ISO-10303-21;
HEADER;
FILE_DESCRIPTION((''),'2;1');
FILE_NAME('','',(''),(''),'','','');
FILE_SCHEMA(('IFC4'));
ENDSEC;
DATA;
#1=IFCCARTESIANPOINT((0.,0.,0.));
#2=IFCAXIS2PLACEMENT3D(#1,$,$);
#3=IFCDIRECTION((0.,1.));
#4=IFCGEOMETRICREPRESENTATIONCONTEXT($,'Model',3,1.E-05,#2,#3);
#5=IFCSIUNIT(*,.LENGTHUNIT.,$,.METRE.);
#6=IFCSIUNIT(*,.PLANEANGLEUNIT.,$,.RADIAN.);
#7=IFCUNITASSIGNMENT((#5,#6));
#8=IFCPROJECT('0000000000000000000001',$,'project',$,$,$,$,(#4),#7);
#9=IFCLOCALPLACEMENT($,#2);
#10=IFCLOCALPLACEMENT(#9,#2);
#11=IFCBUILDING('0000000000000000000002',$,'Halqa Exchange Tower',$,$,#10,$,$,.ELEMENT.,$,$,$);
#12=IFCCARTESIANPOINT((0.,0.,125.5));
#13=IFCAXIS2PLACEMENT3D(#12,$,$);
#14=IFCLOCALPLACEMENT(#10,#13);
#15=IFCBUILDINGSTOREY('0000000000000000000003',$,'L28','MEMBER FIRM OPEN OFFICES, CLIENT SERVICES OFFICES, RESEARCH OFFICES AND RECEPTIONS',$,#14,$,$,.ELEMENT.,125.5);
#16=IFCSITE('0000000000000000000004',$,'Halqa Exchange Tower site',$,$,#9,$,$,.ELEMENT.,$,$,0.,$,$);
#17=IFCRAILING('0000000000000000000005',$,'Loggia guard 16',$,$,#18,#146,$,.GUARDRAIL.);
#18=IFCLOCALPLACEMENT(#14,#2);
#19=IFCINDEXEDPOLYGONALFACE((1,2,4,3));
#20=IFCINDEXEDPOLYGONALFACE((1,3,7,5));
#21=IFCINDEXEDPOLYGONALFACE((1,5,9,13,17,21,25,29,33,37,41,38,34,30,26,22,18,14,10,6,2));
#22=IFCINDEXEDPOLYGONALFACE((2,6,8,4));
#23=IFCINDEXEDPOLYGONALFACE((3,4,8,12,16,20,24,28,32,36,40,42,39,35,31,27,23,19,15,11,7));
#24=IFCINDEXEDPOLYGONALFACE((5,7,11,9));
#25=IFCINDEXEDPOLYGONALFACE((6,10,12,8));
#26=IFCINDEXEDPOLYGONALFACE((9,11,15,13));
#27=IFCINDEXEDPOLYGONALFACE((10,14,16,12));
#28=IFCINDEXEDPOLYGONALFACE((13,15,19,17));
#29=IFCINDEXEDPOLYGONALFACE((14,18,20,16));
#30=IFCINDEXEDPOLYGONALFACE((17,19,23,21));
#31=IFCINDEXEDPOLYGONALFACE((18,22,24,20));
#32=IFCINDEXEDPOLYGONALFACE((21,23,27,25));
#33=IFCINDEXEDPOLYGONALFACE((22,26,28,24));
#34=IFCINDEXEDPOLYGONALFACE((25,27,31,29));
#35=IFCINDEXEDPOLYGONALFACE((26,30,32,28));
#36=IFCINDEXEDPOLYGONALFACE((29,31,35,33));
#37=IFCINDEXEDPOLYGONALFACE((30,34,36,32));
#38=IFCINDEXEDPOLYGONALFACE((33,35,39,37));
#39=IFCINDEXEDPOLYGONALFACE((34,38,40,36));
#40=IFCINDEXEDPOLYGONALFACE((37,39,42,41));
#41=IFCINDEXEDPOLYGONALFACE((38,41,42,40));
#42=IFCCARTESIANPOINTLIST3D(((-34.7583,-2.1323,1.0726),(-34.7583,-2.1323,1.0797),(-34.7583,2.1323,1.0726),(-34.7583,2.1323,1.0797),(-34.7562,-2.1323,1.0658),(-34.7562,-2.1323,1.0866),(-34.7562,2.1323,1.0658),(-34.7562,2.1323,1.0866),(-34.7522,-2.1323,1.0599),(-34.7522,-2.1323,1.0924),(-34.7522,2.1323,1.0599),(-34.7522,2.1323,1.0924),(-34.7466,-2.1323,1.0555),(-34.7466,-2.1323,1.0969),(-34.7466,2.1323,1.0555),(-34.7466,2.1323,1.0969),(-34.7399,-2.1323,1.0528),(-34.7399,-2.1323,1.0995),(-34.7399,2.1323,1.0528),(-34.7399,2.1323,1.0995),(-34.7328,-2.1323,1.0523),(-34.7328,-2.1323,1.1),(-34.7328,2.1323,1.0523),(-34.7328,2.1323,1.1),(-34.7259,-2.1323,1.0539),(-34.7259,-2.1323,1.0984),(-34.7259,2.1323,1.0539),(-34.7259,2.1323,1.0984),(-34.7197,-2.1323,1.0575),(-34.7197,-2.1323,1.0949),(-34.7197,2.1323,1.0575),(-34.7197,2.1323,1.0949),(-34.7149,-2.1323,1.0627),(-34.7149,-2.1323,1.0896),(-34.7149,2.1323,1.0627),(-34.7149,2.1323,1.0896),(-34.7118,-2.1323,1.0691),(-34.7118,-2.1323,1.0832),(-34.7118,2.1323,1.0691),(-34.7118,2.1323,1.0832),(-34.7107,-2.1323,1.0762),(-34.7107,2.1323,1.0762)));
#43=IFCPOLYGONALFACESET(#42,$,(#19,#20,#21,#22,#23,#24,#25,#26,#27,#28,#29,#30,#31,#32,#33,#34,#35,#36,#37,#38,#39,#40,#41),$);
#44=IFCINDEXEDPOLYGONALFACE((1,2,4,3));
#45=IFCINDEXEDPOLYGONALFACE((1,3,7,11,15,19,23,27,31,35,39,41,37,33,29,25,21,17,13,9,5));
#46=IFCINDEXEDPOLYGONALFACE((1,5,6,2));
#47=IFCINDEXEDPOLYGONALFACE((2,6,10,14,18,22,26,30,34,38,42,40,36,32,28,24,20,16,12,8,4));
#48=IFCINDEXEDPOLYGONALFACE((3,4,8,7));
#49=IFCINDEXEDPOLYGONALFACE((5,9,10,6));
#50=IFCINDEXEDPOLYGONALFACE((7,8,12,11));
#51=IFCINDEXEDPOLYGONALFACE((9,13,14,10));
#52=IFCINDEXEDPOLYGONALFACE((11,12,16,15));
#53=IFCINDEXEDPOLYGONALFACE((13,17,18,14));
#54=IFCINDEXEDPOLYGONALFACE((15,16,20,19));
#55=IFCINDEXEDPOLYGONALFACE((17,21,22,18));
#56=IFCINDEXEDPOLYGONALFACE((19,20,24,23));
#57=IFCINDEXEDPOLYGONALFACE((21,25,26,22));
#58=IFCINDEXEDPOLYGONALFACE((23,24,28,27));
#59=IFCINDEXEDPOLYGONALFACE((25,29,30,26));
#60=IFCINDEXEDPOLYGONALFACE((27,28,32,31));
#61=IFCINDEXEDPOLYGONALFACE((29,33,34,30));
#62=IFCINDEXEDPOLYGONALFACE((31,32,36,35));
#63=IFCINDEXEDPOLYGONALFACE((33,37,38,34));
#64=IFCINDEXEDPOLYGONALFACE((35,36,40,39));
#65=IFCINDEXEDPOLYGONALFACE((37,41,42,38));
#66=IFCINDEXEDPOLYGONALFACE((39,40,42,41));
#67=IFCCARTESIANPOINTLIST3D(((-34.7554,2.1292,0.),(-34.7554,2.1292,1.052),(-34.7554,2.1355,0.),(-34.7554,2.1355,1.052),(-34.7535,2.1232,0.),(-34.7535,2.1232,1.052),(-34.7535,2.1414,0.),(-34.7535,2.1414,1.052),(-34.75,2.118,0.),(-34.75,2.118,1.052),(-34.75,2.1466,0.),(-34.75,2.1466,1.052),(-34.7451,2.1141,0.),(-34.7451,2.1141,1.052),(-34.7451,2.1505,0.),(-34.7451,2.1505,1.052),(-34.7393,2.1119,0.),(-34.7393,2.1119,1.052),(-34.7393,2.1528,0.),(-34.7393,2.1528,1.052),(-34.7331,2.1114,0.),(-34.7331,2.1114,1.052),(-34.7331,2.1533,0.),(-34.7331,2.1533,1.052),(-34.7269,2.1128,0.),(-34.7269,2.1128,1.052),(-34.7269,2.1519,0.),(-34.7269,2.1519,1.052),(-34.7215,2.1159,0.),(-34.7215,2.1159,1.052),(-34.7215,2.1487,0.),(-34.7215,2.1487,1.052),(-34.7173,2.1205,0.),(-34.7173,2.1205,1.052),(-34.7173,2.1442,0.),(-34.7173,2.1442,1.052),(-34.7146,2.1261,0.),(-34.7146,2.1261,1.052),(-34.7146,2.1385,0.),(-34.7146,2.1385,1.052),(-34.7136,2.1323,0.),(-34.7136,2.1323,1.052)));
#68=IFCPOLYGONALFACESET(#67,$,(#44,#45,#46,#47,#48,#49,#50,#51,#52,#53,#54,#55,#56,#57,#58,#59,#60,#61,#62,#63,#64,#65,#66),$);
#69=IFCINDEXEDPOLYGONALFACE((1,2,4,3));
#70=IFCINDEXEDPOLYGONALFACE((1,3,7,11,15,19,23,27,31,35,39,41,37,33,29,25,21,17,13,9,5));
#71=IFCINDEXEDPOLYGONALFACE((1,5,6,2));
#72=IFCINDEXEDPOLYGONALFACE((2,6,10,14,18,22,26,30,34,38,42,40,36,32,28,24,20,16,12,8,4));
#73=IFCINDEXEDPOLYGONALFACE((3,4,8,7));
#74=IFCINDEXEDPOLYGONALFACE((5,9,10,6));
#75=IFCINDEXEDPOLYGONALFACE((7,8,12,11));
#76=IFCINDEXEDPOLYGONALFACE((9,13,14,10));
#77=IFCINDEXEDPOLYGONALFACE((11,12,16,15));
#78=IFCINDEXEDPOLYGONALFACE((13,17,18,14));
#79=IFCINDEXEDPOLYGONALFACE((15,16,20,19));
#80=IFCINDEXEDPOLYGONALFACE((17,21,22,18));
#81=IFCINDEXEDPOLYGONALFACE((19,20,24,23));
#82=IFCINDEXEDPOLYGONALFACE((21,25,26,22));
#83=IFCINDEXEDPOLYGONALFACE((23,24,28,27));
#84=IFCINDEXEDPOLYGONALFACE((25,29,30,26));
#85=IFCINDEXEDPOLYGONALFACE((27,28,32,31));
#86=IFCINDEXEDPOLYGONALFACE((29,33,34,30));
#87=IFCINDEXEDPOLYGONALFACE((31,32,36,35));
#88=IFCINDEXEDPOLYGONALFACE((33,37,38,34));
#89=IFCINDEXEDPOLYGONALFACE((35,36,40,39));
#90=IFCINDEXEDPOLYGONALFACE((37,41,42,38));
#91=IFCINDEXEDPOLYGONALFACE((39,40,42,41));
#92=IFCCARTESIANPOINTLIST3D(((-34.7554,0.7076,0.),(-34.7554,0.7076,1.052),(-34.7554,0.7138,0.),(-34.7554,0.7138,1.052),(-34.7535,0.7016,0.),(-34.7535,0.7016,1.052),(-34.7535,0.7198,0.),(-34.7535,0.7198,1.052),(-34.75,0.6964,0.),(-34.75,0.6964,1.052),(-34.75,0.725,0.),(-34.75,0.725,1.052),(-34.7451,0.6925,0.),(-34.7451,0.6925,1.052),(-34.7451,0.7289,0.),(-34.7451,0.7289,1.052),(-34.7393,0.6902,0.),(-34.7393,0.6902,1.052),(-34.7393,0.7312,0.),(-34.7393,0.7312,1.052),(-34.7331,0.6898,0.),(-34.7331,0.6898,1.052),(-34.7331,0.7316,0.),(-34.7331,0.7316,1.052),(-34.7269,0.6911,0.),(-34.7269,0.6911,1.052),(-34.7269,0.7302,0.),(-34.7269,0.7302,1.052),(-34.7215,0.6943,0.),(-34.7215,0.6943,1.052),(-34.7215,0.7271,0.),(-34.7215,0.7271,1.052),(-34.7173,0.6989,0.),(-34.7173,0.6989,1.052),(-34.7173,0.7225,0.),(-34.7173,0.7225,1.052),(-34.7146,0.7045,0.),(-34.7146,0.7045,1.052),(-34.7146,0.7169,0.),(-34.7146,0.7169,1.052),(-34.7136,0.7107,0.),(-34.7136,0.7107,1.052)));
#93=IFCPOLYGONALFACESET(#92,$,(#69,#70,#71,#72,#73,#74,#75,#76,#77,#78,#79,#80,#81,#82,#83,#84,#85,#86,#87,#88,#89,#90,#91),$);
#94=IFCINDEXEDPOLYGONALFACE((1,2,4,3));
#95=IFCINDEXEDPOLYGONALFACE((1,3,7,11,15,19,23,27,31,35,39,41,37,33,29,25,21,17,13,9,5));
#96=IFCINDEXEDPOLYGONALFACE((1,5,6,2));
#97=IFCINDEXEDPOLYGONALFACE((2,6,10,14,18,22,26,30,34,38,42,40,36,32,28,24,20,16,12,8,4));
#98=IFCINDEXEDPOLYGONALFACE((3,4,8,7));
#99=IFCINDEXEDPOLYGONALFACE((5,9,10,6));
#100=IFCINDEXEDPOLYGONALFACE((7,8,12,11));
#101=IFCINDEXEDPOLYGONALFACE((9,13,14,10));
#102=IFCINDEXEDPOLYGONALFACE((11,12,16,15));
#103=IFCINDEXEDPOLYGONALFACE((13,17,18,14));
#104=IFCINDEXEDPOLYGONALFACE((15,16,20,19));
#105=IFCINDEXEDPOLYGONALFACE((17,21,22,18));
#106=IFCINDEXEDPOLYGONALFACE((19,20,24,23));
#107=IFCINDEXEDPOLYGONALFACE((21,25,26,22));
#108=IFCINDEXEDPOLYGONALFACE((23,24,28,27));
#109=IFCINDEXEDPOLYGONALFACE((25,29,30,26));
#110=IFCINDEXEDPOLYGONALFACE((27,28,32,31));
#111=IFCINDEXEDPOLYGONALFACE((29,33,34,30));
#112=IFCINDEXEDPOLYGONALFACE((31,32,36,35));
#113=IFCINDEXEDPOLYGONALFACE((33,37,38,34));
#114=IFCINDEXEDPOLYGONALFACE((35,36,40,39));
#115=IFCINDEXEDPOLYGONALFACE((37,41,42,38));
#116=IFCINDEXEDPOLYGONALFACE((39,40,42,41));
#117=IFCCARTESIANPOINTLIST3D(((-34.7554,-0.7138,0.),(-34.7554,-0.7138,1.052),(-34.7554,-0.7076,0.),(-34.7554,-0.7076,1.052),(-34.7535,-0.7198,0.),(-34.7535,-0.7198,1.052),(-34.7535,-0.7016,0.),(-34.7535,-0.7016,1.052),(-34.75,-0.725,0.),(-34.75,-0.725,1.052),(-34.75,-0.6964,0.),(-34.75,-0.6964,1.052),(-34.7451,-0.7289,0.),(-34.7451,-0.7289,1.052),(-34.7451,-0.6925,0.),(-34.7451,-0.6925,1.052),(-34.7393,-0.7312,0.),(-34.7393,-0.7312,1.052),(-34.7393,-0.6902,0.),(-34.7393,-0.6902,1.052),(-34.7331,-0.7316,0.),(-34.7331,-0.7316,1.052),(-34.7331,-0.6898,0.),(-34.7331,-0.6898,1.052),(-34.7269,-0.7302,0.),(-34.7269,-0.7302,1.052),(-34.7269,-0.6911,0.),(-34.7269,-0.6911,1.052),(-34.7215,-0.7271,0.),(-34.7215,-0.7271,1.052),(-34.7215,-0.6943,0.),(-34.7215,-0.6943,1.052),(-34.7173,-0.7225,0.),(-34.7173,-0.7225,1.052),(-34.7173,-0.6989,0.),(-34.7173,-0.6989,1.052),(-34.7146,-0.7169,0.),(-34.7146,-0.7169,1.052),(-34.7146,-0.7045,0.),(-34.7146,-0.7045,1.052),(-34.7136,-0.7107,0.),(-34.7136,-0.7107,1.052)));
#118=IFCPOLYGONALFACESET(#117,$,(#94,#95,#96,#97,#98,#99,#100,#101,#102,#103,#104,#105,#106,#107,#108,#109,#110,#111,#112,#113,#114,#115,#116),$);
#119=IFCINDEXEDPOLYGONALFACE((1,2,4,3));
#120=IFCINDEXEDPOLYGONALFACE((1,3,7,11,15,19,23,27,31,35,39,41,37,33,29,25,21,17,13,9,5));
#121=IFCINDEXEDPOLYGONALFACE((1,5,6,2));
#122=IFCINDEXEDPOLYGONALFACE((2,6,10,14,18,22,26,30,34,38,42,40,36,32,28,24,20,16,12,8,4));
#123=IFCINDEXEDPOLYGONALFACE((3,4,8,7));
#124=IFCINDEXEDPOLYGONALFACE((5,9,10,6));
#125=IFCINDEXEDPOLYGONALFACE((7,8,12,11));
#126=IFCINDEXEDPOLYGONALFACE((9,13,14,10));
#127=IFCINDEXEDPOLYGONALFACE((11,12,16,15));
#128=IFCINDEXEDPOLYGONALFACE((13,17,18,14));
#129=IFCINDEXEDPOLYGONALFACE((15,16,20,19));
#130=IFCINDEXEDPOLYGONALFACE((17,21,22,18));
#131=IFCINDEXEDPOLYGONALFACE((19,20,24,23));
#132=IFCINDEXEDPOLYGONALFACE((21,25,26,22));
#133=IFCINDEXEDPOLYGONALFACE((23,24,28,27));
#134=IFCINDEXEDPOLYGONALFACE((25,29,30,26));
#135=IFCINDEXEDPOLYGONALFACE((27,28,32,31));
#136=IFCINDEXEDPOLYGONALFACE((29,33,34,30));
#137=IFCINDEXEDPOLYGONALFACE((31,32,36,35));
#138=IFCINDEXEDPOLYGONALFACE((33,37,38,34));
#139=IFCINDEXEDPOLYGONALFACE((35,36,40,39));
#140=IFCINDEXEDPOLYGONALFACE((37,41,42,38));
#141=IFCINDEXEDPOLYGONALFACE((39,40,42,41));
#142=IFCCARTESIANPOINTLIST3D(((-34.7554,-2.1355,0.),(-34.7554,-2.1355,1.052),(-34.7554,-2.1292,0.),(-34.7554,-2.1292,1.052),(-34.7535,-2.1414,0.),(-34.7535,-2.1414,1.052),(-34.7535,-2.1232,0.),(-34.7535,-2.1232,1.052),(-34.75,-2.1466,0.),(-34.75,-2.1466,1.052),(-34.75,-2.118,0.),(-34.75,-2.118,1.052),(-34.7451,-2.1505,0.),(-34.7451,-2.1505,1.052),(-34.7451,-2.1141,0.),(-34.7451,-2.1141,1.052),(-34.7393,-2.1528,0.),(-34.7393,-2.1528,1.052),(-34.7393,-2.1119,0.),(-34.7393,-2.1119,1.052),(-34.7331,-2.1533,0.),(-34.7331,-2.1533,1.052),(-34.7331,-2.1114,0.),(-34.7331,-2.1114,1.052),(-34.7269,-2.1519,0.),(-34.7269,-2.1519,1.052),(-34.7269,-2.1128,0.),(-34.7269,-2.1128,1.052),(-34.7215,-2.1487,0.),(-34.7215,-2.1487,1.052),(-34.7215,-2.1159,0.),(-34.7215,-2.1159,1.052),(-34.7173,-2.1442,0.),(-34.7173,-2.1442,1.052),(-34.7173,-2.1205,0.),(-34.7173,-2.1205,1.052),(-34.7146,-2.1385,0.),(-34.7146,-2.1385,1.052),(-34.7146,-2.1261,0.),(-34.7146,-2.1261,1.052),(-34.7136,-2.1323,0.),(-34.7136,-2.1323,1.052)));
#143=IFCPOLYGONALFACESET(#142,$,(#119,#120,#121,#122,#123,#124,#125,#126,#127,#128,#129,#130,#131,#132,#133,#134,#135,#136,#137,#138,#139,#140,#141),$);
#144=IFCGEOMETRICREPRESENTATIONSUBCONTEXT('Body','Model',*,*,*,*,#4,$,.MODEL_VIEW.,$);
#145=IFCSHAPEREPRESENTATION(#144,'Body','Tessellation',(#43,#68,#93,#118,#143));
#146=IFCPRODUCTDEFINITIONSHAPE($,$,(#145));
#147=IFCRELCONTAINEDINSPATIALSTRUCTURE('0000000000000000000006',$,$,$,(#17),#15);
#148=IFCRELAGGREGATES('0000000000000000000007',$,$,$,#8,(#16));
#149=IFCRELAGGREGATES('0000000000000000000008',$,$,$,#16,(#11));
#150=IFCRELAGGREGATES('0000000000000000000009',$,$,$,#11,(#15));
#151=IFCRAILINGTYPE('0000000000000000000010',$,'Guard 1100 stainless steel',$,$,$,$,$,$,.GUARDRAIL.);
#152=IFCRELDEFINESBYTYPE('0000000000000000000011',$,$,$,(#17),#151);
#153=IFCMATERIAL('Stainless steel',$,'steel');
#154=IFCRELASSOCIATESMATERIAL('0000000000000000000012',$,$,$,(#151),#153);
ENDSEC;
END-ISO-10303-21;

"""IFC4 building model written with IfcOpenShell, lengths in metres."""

from ifc_helpers import new_model, si_unit, direction, frame, origin, origin_2d, place, context, subcontext, project, spatial, circle, extrude, material, type_object, element, save


model = new_model("IFC4")

# Units and contexts
model_context = context("Model", 3, precision=1e-05, world=origin(), true_north=direction((0.0, 1.0)))
body_context = subcontext(model_context, "Body", "Model", "MODEL_VIEW")
ifc_project = project(units=[si_unit("LENGTHUNIT", "METRE"), si_unit("PLANEANGLEUNIT", "RADIAN")], contexts=[model_context])

# Site, building, storey
site_placement = place(None, origin())
site = spatial("IfcSite", under=ifc_project, at=site_placement, Name="Halqa Exchange Tower site", CompositionType="ELEMENT", RefElevation=0.0)
building_placement = place(site_placement, origin())
building = spatial("IfcBuilding", under=site, at=building_placement, Name="Halqa Exchange Tower", CompositionType="ELEMENT")
storey_placement = place(building_placement, frame((0.0, 0.0, 125.5)))
storey = spatial("IfcBuildingStorey", under=building, at=storey_placement, Name="L28", Description="MEMBER FIRM OPEN OFFICES, CLIENT SERVICES OFFICES, RESEARCH OFFICES AND RECEPTIONS", CompositionType="ELEMENT", Elevation=125.5)

# Railing
ifc_material_1 = material(Name="Stainless steel", Category="steel")
railing_type = type_object("IfcRailingType", Name="Guard 1100 stainless steel", PredefinedType="GUARDRAIL", material=ifc_material_1)
railing_1_placement = place(storey_placement, frame((-34.7346, 2.1323, 0.0)))
element("IfcRailing", 1, at=railing_1_placement, inside=storey, type_object=railing_type, Name="Loggia guard 16", PredefinedType="GUARDRAIL", context=body_context, shape_type="SweptSolid", body=[
    extrude(circle(Radius=0.0239, at=origin_2d()), frame((0.0, 0.0, 1.0762), z_axis=(0.0, -1.0, 0.0), x_axis=(1.0, 0.0, 0.0)), (0.0, 0.0, 1.0), 4.2646),
    extrude(circle(Radius=0.021, at=origin_2d()), origin(), (0.0, 0.0, 1.0), 1.052),
    extrude(circle(Radius=0.021, at=origin_2d()), frame((0.0, -1.4216, 0.0)), (0.0, 0.0, 1.0), 1.052),
    extrude(circle(Radius=0.021, at=origin_2d()), frame((0.0, -2.843, 0.0)), (0.0, 0.0, 1.0), 1.052),
    extrude(circle(Radius=0.021, at=origin_2d()), frame((0.0, -4.2646, 0.0)), (0.0, 0.0, 1.0), 1.052),
])

save(model, "model.ifc")
